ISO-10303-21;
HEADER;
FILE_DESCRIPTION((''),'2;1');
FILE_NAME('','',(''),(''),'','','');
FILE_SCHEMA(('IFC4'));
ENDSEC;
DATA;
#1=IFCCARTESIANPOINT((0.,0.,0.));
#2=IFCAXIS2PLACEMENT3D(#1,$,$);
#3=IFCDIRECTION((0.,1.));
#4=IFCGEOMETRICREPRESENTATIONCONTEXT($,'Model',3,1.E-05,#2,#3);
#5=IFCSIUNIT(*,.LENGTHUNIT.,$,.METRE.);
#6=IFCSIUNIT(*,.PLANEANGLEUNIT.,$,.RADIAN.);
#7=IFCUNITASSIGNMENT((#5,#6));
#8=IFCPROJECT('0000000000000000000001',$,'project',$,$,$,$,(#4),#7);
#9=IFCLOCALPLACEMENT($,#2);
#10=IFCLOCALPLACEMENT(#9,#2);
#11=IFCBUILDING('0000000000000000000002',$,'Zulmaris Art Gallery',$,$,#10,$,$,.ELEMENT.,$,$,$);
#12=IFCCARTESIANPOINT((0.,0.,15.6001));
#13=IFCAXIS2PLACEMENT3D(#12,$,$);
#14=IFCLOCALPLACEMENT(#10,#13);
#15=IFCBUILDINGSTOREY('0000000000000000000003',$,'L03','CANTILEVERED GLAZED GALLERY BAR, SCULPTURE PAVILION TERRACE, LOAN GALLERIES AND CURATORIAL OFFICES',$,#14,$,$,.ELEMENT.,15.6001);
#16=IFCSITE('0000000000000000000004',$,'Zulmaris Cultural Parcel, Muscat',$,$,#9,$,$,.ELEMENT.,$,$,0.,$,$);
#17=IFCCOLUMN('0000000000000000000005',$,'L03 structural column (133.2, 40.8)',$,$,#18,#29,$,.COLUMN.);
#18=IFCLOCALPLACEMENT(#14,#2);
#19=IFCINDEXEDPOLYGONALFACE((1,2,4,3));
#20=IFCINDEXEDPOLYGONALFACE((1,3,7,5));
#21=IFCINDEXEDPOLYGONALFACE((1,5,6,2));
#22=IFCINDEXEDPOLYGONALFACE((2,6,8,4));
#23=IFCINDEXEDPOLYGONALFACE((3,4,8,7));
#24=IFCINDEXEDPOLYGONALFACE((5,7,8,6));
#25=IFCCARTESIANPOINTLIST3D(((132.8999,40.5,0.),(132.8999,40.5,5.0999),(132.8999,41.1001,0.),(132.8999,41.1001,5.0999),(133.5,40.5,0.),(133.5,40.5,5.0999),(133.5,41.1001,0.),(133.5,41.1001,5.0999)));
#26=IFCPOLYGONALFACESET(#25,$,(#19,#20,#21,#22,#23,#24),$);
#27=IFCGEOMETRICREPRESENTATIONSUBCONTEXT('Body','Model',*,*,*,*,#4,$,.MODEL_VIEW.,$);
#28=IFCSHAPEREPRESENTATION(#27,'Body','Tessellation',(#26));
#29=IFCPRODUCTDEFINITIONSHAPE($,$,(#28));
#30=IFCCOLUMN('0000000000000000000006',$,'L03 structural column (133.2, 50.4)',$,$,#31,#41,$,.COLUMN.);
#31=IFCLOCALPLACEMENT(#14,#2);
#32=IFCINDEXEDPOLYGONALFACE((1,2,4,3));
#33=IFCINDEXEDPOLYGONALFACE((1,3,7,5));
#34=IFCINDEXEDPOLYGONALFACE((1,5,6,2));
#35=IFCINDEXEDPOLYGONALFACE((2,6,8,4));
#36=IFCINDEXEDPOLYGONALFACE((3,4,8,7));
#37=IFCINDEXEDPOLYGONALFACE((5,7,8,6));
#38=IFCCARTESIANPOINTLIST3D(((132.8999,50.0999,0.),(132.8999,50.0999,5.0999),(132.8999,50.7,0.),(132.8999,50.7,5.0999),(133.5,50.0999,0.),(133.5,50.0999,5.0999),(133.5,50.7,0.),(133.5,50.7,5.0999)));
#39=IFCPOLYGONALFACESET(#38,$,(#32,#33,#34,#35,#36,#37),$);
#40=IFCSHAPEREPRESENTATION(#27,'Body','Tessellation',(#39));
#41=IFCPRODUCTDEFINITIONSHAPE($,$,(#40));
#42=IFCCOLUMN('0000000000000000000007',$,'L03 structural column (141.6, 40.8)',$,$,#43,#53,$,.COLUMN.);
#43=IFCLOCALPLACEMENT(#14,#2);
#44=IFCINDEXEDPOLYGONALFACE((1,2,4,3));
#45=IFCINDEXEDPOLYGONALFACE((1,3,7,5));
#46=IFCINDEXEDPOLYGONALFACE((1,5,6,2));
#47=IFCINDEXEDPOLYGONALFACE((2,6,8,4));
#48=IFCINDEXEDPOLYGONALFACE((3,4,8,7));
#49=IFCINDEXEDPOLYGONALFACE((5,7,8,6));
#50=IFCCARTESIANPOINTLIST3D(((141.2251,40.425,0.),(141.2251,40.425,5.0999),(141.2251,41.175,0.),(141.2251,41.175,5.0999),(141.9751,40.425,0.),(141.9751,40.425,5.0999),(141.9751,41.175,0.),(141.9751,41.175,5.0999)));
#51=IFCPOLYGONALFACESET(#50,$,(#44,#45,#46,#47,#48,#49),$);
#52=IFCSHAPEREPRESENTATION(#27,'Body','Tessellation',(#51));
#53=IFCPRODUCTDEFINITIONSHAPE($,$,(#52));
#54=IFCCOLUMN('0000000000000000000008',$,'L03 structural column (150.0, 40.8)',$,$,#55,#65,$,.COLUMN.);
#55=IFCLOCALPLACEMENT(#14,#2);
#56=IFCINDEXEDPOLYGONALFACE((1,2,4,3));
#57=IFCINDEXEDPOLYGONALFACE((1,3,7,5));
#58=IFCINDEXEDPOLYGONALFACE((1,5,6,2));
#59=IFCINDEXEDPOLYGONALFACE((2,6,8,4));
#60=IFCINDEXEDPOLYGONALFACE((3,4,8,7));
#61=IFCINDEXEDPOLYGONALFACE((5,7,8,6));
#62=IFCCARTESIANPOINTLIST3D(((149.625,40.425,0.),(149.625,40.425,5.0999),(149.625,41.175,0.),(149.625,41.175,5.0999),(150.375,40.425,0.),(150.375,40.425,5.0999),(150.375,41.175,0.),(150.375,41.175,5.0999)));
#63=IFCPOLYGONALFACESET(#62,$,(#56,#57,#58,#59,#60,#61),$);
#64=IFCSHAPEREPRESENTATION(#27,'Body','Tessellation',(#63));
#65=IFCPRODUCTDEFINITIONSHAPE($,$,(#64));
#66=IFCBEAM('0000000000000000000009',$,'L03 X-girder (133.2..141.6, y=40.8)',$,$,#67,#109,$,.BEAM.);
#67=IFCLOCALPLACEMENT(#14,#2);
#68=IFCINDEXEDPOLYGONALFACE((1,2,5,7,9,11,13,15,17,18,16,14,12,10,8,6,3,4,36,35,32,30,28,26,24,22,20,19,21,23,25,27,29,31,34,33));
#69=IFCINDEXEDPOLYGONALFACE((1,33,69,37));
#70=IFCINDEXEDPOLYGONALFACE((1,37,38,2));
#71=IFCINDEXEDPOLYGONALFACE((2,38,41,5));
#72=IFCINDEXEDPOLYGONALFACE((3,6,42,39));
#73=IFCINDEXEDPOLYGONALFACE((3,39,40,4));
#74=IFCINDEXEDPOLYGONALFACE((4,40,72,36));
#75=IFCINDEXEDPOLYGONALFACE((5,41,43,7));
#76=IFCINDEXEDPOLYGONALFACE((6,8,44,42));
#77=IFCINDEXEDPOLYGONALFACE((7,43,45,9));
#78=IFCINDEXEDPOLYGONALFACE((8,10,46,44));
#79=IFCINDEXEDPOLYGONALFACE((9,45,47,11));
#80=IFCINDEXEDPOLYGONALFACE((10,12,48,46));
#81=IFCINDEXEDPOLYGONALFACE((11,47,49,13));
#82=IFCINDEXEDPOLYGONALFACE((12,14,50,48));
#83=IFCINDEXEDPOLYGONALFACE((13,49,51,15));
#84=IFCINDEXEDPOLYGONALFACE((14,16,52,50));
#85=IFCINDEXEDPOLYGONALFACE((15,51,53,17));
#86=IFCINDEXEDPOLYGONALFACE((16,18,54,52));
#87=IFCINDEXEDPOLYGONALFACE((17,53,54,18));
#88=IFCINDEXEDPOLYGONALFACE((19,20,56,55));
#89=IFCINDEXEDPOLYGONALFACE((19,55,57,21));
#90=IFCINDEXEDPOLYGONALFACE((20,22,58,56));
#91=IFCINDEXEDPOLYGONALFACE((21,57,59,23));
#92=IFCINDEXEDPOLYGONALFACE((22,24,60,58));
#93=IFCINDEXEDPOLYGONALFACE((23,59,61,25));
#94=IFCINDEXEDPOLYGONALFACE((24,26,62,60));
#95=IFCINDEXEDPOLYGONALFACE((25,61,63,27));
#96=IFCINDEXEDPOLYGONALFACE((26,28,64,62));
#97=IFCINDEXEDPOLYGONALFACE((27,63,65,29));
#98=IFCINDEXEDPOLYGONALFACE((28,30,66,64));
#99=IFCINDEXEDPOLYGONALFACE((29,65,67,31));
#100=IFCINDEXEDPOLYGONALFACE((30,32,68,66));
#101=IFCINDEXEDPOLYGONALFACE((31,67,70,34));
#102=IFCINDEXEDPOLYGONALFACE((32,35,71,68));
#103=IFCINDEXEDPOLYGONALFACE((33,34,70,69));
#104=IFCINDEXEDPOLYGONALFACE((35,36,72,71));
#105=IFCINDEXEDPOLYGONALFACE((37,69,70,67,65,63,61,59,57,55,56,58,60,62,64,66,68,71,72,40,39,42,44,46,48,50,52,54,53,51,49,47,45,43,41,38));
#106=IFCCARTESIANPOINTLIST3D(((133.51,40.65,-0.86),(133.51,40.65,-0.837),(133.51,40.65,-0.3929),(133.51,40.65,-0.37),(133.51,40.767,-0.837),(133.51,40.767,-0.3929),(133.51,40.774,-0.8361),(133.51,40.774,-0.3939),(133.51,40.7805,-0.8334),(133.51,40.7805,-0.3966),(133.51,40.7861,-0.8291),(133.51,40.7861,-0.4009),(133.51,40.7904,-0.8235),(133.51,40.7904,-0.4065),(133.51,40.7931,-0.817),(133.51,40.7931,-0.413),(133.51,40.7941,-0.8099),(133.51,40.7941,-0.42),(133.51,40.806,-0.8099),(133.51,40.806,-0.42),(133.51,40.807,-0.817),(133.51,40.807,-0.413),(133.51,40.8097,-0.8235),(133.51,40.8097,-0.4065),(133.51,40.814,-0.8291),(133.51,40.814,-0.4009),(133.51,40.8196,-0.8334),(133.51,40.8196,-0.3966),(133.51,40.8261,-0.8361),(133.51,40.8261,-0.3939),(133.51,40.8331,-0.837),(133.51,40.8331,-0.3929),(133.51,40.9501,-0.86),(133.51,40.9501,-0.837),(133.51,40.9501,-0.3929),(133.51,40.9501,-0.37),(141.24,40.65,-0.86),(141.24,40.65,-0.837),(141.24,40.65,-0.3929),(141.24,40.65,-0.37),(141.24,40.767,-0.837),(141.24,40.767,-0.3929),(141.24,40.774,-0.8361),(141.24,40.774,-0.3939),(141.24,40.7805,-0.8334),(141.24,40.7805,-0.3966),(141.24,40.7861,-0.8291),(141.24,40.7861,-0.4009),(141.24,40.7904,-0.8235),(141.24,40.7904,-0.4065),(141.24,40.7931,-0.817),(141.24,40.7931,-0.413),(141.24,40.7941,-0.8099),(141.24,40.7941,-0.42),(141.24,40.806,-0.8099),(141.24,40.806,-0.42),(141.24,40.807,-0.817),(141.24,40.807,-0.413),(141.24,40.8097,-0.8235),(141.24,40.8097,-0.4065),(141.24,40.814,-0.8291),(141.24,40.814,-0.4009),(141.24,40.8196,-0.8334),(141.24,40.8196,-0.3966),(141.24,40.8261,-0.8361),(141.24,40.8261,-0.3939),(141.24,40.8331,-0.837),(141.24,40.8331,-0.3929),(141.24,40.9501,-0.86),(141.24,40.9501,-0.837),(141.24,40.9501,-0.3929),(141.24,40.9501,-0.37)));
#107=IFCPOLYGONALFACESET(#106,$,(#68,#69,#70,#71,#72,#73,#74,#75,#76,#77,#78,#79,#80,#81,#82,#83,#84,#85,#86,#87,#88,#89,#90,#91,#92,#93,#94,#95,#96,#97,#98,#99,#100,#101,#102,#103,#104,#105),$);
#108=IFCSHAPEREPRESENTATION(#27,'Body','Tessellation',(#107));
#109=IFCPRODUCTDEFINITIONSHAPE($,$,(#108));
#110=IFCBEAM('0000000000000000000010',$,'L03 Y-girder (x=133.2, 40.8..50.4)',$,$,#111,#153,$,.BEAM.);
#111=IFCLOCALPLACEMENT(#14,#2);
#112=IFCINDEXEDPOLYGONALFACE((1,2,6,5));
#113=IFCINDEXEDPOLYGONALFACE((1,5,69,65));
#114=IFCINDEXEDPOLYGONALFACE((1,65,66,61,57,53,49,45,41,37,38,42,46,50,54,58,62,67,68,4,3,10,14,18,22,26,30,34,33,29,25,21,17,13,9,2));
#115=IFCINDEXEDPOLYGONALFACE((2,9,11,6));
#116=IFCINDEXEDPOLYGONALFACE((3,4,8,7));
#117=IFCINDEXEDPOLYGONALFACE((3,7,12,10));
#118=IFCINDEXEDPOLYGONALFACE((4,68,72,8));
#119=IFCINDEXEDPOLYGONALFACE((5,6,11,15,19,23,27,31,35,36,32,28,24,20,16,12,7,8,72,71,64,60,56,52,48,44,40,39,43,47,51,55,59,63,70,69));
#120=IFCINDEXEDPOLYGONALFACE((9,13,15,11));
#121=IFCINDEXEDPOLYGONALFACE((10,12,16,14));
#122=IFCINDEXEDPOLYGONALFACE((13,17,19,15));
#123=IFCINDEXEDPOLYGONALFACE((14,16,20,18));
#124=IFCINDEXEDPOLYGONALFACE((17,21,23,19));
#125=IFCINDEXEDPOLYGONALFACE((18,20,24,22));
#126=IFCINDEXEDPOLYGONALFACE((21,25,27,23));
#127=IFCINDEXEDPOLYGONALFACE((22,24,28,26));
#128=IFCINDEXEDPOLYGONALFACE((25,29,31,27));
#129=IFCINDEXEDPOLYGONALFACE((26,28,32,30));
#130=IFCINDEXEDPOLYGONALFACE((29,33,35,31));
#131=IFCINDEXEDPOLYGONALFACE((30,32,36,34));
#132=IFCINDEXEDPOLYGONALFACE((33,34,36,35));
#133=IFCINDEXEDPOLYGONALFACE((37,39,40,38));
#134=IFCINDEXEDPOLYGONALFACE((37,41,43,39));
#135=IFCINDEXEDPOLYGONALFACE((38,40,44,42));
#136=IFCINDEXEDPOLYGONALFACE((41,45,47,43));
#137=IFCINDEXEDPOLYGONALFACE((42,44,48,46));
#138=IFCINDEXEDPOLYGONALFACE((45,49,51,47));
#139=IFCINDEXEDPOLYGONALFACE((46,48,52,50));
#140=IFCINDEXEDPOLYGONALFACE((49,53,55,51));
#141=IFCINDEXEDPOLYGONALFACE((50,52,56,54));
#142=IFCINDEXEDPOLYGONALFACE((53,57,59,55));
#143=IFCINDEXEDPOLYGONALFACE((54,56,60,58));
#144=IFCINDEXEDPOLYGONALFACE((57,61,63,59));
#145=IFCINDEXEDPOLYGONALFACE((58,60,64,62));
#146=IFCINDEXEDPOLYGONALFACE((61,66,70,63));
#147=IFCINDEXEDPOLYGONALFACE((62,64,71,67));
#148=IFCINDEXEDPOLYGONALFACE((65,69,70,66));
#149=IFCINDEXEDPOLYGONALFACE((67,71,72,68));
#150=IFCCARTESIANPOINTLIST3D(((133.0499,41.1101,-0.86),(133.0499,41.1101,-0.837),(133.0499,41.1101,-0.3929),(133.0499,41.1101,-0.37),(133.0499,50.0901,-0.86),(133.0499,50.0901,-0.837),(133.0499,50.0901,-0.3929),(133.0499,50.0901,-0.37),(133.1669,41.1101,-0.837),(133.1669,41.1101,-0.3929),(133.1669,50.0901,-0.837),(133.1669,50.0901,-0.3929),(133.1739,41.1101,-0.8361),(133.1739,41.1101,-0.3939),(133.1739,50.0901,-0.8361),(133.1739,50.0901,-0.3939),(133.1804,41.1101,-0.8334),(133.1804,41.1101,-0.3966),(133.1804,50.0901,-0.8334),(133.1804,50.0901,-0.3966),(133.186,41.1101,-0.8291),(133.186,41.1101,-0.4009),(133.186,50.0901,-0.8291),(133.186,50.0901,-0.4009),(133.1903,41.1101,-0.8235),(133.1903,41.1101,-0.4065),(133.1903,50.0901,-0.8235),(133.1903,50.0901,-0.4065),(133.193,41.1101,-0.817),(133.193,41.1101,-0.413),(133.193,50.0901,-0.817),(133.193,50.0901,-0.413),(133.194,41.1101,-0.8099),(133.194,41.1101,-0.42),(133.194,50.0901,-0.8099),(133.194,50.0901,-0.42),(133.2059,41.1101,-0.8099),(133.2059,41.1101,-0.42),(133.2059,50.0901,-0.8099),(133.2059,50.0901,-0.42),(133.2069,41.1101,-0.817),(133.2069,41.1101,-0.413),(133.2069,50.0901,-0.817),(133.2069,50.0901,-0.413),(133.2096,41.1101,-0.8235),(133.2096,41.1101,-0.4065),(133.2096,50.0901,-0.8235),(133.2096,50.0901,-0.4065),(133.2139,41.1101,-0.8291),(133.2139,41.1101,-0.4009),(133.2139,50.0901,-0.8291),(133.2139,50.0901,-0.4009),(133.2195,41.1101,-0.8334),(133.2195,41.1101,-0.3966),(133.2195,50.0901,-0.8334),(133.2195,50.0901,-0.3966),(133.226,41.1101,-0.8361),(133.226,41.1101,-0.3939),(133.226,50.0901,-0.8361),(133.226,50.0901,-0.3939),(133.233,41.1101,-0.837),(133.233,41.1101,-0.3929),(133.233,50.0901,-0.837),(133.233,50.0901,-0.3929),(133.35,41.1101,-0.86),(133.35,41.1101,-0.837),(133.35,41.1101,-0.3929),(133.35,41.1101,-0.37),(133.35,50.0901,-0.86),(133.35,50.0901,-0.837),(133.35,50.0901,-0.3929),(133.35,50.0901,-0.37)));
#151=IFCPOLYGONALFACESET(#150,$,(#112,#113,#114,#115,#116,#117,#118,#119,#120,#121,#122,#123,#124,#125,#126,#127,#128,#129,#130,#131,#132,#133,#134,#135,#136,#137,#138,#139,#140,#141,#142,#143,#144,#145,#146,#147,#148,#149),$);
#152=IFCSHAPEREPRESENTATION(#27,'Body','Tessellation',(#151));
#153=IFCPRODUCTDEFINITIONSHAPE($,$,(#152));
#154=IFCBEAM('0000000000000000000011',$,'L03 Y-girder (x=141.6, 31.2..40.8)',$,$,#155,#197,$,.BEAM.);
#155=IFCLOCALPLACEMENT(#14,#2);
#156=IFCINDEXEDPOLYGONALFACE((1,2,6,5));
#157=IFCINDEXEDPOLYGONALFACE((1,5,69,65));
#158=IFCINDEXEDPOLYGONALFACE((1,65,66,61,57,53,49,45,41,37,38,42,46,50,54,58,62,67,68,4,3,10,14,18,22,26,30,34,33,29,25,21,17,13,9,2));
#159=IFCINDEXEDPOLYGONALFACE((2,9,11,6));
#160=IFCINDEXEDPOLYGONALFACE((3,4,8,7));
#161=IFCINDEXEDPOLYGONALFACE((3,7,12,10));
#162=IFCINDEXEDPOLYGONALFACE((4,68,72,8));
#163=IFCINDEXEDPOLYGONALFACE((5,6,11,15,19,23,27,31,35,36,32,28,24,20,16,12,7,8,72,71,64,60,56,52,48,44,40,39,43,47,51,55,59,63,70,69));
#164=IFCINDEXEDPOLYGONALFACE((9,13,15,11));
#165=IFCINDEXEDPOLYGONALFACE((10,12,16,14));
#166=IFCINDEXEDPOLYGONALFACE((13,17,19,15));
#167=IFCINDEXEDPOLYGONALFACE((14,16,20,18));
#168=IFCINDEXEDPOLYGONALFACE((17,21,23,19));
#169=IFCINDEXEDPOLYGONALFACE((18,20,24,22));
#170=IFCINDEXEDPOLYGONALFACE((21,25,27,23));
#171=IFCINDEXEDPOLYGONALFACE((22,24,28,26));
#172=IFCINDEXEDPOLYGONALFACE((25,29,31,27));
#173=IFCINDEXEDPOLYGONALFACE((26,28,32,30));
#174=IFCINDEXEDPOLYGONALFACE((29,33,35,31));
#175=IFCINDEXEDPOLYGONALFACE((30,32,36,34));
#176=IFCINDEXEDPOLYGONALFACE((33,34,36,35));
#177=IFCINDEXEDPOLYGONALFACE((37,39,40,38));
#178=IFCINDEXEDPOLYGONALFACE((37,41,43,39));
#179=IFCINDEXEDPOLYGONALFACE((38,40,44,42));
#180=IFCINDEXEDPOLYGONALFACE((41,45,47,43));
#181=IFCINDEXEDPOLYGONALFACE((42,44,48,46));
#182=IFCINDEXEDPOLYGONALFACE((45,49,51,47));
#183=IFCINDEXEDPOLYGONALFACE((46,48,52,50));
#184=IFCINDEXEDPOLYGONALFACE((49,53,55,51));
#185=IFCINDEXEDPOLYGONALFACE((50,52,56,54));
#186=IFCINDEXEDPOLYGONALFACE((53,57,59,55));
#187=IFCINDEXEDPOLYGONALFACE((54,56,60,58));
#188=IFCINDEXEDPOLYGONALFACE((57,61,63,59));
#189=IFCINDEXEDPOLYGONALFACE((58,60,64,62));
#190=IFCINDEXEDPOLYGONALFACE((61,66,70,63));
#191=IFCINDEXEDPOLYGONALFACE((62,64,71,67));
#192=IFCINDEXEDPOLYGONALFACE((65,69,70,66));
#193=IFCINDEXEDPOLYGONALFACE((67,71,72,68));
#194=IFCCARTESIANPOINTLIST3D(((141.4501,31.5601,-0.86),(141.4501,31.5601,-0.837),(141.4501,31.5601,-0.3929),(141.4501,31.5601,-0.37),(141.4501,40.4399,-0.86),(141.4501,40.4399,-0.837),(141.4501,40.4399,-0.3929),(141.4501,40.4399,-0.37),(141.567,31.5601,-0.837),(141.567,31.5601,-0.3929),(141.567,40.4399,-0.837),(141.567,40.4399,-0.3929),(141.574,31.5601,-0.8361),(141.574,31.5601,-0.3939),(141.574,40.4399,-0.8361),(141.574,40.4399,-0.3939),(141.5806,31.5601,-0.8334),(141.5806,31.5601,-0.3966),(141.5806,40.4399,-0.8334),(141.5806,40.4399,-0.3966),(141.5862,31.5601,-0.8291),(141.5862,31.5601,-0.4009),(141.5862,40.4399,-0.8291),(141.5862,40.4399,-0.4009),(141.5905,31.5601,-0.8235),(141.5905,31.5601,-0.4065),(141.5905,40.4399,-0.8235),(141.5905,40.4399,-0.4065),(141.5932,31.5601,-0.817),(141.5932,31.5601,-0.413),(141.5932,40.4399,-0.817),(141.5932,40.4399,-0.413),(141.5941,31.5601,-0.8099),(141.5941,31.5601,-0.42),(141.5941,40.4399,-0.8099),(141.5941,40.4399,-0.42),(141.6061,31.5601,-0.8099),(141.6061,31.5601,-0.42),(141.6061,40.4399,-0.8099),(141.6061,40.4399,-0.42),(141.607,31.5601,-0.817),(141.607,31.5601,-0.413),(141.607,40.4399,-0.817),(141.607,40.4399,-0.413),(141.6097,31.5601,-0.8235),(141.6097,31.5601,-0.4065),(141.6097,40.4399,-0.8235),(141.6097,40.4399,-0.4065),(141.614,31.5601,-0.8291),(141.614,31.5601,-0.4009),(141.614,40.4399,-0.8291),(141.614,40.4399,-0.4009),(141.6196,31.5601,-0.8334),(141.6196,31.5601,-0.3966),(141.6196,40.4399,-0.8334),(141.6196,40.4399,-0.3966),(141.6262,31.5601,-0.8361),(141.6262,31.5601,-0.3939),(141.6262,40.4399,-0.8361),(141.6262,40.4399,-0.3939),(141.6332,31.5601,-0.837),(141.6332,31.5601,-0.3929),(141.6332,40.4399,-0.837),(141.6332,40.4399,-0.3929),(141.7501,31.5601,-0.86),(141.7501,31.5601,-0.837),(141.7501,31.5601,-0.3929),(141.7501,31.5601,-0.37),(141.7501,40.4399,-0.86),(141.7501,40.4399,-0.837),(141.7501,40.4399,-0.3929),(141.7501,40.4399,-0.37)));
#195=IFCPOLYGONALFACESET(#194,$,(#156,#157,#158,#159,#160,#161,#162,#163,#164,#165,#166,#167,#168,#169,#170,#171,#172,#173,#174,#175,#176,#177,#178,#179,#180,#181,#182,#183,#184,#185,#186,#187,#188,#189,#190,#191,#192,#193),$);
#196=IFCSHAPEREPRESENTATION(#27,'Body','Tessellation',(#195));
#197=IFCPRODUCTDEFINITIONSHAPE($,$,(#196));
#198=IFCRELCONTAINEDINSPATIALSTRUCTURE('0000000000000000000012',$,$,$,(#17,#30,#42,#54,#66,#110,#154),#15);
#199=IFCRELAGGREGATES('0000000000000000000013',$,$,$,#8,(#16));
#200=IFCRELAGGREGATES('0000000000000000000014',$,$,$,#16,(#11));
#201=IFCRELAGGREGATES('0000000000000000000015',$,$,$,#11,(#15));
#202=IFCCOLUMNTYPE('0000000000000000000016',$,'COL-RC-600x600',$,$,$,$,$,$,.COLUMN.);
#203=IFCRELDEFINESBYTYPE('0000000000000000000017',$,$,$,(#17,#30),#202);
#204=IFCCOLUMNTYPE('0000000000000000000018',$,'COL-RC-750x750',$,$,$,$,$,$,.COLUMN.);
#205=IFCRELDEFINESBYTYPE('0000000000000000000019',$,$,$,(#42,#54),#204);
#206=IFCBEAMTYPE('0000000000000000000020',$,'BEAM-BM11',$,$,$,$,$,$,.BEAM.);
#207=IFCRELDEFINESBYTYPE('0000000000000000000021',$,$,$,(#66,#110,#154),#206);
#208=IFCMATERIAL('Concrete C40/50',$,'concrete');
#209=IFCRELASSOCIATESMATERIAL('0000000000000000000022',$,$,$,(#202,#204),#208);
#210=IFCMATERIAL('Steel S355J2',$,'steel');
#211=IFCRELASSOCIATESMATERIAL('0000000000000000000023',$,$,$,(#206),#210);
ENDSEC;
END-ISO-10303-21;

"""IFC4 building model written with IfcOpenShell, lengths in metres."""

from ifc_helpers import new_model, si_unit, direction, frame, origin, origin_2d, place, context, subcontext, project, spatial, rectangle, i_section, extrude, material, material_profile, profile_set, type_object, element, save


model = new_model("IFC4")

# Units and contexts
model_context = context("Model", 3, precision=1e-05, world=origin(), true_north=direction((0.0, 1.0)))
body_context = subcontext(model_context, "Body", "Model", "MODEL_VIEW")
ifc_project = project(units=[si_unit("LENGTHUNIT", "METRE"), si_unit("PLANEANGLEUNIT", "RADIAN")], contexts=[model_context])

# Site, building, storey
site_placement = place(None, origin())
site = spatial("IfcSite", under=ifc_project, at=site_placement, Name="Zulmaris Cultural Parcel, Muscat", CompositionType="ELEMENT", RefElevation=0.0)
building_placement = place(site_placement, origin())
building = spatial("IfcBuilding", under=site, at=building_placement, Name="Zulmaris Art Gallery", CompositionType="ELEMENT")
storey_placement = place(building_placement, frame((0.0, 0.0, 15.6001)))
storey = spatial("IfcBuildingStorey", under=building, at=storey_placement, Name="L03", Description="CANTILEVERED GLAZED GALLERY BAR, SCULPTURE PAVILION TERRACE, LOAN GALLERIES AND CURATORIAL OFFICES", CompositionType="ELEMENT", Elevation=15.6001)

# Columns
ifc_material_1 = material(Name="Concrete C40/50", Category="concrete")
ifc_material_profile_1 = material_profile(ifc_material_1, rectangle(XDim=0.6001, YDim=0.6001, at=origin_2d()), Name="RC 600x600")
ifc_profile_set_1 = profile_set([ifc_material_profile_1], Name="Concrete C40/50")
column_type_1 = type_object("IfcColumnType", Name="COL-RC-600x600", PredefinedType="COLUMN", material=ifc_profile_set_1)
for number, where, z_axis, x_axis, name in (
    (1, (133.2, 40.8, 0.0), (0.0, 0.0, 1.0), (1.0, 0.0, 0.0), "L03 structural column (133.2, 40.8)"),
    (2, (133.2, 50.3999, 0.0), (0.0, 0.0, 1.0), (1.0, 0.0, 0.0), "L03 structural column (133.2, 50.4)"),
):
    element("IfcColumn", number, at=place(storey_placement, frame(where, z_axis=z_axis, x_axis=x_axis)), inside=storey, type_object=column_type_1, Name=name, PredefinedType="COLUMN", context=body_context, shape_type="SweptSolid", body=[
        extrude(rectangle(XDim=0.6001, YDim=0.6001, at=origin_2d()), origin(), (0.0, 0.0, 1.0), 5.0999),
    ])
ifc_material_profile_2 = material_profile(ifc_material_1, rectangle(XDim=0.75, YDim=0.75, at=origin_2d()), Name="RC 750x750")
ifc_profile_set_2 = profile_set([ifc_material_profile_2], Name="Concrete C40/50")
column_type_2 = type_object("IfcColumnType", Name="COL-RC-750x750", PredefinedType="COLUMN", material=ifc_profile_set_2)
for number, where, z_axis, x_axis, name in (
    (3, (141.6001, 40.8, 0.0), (0.0, 0.0, 1.0), (1.0, 0.0, 0.0), "L03 structural column (141.6, 40.8)"),
    (4, (150.0, 40.8, 0.0), (0.0, 0.0, 1.0), (1.0, 0.0, 0.0), "L03 structural column (150.0, 40.8)"),
):
    element("IfcColumn", number, at=place(storey_placement, frame(where, z_axis=z_axis, x_axis=x_axis)), inside=storey, type_object=column_type_2, Name=name, PredefinedType="COLUMN", context=body_context, shape_type="SweptSolid", body=[
        extrude(rectangle(XDim=0.75, YDim=0.75, at=origin_2d()), origin(), (0.0, 0.0, 1.0), 5.0999),
    ])

# Beams
ifc_material_2 = material(Name="Steel S355J2", Category="steel")
ifc_material_profile_3 = material_profile(ifc_material_2, i_section(OverallWidth=0.3, OverallDepth=0.49, WebThickness=0.012, FlangeThickness=0.0229, FilletRadius=0.0271, at=origin_2d()), Name="HEA 500")
ifc_profile_set_3 = profile_set([ifc_material_profile_3], Name="Steel S355J2")
beam_type_1 = type_object("IfcBeamType", Name="BEAM-BM11", PredefinedType="BEAM", material=ifc_profile_set_3)
beam_1_placement = place(storey_placement, frame((133.51, 40.8, -0.615), z_axis=(1.0, 0.0, 0.0), x_axis=(0.0, 1.0, 0.0)))
element("IfcBeam", 5, at=beam_1_placement, inside=storey, type_object=beam_type_1, Name="L03 X-girder (133.2..141.6, y=40.8)", PredefinedType="BEAM", context=body_context, shape_type="SweptSolid", body=[
    extrude(i_section(OverallWidth=0.3, OverallDepth=0.49, WebThickness=0.012, FlangeThickness=0.0229, FilletRadius=0.0271, at=origin_2d()), origin(), (0.0, 0.0, 1.0), 7.73),
])
beam_2_placement = place(storey_placement, frame((133.2, 41.1101, -0.615), z_axis=(0.0, 1.0, 0.0), x_axis=(-1.0, 0.0, 0.0)))
element("IfcBeam", 6, at=beam_2_placement, inside=storey, type_object=beam_type_1, Name="L03 Y-girder (x=133.2, 40.8..50.4)", PredefinedType="BEAM", context=body_context, shape_type="SweptSolid", body=[
    extrude(i_section(OverallWidth=0.3, OverallDepth=0.49, WebThickness=0.012, FlangeThickness=0.0229, FilletRadius=0.0271, at=origin_2d()), origin(), (0.0, 0.0, 1.0), 8.98),
])
beam_3_placement = place(storey_placement, frame((141.6001, 31.5601, -0.615), z_axis=(0.0, 1.0, 0.0), x_axis=(-1.0, 0.0, 0.0)))
element("IfcBeam", 7, at=beam_3_placement, inside=storey, type_object=beam_type_1, Name="L03 Y-girder (x=141.6, 31.2..40.8)", PredefinedType="BEAM", context=body_context, shape_type="SweptSolid", body=[
    extrude(i_section(OverallWidth=0.3, OverallDepth=0.49, WebThickness=0.012, FlangeThickness=0.0229, FilletRadius=0.0271, at=origin_2d()), origin(), (0.0, 0.0, 1.0), 8.8799),
])

save(model, "model.ifc")
